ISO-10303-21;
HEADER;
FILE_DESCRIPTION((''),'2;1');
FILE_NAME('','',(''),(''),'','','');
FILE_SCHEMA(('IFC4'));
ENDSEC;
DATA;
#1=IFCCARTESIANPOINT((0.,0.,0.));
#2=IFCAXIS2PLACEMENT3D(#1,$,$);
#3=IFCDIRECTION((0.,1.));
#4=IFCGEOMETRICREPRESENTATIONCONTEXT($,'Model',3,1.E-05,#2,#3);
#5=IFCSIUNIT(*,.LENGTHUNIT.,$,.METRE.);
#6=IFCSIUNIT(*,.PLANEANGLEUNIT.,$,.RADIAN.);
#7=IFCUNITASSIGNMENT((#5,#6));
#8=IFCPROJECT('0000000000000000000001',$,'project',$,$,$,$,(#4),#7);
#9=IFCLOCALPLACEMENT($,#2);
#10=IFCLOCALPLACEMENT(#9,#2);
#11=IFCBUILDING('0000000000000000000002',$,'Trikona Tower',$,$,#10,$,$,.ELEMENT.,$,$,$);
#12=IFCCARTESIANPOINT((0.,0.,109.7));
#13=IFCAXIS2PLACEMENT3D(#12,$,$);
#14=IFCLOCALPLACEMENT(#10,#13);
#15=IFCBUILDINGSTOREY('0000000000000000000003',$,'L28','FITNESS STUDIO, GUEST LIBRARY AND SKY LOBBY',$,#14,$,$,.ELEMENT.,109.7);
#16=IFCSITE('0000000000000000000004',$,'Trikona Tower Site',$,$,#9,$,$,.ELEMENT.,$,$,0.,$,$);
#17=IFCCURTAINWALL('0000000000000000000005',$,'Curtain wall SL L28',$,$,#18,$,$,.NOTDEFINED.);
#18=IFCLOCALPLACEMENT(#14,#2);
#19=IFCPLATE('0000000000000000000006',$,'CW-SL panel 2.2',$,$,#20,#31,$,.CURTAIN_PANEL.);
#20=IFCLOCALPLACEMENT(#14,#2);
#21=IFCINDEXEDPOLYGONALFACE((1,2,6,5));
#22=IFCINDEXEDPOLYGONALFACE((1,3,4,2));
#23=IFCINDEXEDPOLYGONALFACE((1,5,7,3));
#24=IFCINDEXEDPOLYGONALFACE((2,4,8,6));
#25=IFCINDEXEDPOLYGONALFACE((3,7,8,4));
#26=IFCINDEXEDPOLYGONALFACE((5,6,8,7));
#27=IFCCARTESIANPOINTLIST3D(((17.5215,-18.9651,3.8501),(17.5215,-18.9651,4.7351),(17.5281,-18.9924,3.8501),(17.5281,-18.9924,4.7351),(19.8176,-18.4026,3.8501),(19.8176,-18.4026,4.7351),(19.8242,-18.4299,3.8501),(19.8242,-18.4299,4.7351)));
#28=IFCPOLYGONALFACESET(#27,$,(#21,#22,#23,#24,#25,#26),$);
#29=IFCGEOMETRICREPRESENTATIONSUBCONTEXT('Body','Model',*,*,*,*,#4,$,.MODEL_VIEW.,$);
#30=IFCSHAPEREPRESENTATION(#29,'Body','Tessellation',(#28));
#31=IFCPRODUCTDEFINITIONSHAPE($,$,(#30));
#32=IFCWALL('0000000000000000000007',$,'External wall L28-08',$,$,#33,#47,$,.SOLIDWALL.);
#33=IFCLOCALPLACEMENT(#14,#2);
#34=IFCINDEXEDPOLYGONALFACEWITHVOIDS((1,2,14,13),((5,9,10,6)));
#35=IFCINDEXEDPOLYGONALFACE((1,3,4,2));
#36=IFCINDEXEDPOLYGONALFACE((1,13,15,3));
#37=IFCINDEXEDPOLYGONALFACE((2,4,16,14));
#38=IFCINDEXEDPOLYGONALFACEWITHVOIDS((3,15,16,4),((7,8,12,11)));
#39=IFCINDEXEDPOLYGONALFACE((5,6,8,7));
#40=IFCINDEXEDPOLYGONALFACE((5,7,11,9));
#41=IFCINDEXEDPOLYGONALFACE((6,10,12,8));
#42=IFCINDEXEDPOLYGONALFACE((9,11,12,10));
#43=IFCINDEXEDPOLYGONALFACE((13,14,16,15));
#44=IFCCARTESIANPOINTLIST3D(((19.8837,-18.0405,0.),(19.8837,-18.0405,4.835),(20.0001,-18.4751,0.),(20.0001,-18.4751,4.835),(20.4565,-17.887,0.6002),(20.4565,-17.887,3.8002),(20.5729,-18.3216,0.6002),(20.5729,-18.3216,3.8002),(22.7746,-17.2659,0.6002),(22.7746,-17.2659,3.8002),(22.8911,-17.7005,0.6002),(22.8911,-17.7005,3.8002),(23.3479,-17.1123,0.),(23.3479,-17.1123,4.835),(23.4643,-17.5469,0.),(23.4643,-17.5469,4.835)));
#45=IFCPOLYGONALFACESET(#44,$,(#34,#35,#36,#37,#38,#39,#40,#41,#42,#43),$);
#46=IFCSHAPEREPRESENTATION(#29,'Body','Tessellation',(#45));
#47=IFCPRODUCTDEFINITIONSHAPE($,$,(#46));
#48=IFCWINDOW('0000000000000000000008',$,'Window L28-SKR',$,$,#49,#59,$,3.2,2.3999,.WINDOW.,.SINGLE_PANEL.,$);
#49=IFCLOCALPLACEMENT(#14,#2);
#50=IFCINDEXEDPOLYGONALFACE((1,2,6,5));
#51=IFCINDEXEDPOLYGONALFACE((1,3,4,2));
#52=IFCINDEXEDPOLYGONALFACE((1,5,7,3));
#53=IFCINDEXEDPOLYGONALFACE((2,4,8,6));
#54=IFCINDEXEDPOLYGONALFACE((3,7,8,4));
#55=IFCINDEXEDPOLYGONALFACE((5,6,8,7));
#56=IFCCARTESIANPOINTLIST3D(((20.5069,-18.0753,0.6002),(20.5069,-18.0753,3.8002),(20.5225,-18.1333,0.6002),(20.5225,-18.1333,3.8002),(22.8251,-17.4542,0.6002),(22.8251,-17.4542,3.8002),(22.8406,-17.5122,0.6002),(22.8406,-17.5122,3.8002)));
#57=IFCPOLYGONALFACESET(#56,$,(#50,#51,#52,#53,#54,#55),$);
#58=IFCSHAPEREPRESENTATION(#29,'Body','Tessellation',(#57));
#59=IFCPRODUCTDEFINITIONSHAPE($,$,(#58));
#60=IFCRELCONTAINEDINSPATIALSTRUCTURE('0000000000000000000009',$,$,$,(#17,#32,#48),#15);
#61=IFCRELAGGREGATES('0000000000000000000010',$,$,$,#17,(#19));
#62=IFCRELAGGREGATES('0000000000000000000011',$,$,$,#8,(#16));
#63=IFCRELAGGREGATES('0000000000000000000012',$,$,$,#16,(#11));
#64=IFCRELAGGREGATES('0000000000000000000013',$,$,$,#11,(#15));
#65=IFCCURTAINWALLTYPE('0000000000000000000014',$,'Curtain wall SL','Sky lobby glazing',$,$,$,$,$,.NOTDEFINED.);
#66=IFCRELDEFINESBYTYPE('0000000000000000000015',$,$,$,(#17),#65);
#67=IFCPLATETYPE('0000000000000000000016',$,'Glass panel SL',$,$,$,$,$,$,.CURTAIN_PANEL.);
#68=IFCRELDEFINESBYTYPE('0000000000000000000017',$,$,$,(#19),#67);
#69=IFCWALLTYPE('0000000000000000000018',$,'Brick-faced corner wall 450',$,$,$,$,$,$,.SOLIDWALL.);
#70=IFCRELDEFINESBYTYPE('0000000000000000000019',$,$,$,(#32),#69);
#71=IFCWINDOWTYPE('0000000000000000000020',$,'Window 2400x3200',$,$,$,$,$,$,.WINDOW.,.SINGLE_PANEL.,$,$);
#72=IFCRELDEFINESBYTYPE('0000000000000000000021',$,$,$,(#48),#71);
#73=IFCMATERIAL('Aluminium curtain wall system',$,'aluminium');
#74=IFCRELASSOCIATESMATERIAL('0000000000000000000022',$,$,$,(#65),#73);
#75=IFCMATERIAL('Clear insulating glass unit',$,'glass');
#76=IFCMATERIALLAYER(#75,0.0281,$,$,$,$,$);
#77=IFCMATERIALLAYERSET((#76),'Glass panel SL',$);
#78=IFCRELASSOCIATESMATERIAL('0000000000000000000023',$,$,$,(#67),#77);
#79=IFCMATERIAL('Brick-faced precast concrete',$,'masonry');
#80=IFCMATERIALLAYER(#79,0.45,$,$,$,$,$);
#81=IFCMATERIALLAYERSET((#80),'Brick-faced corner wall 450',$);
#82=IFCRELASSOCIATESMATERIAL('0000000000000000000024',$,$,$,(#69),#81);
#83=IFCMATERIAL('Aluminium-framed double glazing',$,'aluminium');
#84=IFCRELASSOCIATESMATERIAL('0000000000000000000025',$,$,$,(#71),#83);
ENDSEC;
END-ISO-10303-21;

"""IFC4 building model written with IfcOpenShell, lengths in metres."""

from ifc_helpers import new_model, si_unit, direction, frame, frame_2d, origin, origin_2d, place, context, subcontext, project, spatial, rectangle, extrude, material, layer, layer_set, type_object, element, fill, aggregate, save


model = new_model("IFC4")

# Units and contexts
model_context = context("Model", 3, precision=1e-05, world=origin(), true_north=direction((0.0, 1.0)))
body_context = subcontext(model_context, "Body", "Model", "MODEL_VIEW")
ifc_project = project(units=[si_unit("LENGTHUNIT", "METRE"), si_unit("PLANEANGLEUNIT", "RADIAN")], contexts=[model_context])

# Site, building, storey
site_placement = place(None, origin())
site = spatial("IfcSite", under=ifc_project, at=site_placement, Name="Trikona Tower Site", CompositionType="ELEMENT", RefElevation=0.0)
building_placement = place(site_placement, origin())
building = spatial("IfcBuilding", under=site, at=building_placement, Name="Trikona Tower", CompositionType="ELEMENT")
storey_placement = place(building_placement, frame((0.0, 0.0, 109.7)))
storey = spatial("IfcBuildingStorey", under=building, at=storey_placement, Name="L28", Description="FITNESS STUDIO, GUEST LIBRARY AND SKY LOBBY", CompositionType="ELEMENT", Elevation=109.7)

# Curtain wall
ifc_material_1 = material(Name="Aluminium curtain wall system", Category="aluminium")
curtain_wall_type = type_object("IfcCurtainWallType", Name="Curtain wall SL", Description="Sky lobby glazing", PredefinedType="NOTDEFINED", material=ifc_material_1)
curtain_wall_placement = place(storey_placement, origin())
curtain_wall = element("IfcCurtainWall", 1, at=curtain_wall_placement, inside=storey, type_object=curtain_wall_type, Name="Curtain wall SL L28", PredefinedType="NOTDEFINED")

# Plate
ifc_material_2 = material(Name="Clear insulating glass unit", Category="glass")
ifc_layer_1 = layer(ifc_material_2, 0.0281)
ifc_layer_set_1 = layer_set([ifc_layer_1], Name="Glass panel SL")
plate_type = type_object("IfcPlateType", Name="Glass panel SL", PredefinedType="CURTAIN_PANEL", material=ifc_layer_set_1)
plate_1_placement = place(storey_placement, frame((18.6729, -18.6975, 3.8501), z_axis=(0.0, 0.0, 1.0), x_axis=(0.971276, 0.237956, 0.0)))
plate_1 = element("IfcPlate", 2, at=plate_1_placement, type_object=plate_type, Name="CW-SL panel 2.2", PredefinedType="CURTAIN_PANEL", context=body_context, shape_type="SweptSolid", body=[
    extrude(rectangle(XDim=2.364, YDim=0.0281, at=origin_2d()), origin(), (0.0, 0.0, 1.0), 0.885),
])
aggregate(curtain_wall, [plate_1])

# Wall, opening, window
ifc_material_3 = material(Name="Brick-faced precast concrete", Category="masonry")
ifc_layer_2 = layer(ifc_material_3, 0.45)
ifc_layer_set_2 = layer_set([ifc_layer_2], Name="Brick-faced corner wall 450")
wall_type = type_object("IfcWallType", Name="Brick-faced corner wall 450", PredefinedType="SOLIDWALL", material=ifc_layer_set_2)
wall_placement = place(storey_placement, frame((19.9419, -18.2578, 0.0), z_axis=(0.0, 0.0, 1.0), x_axis=(0.965925, 0.258823, 0.0)))
wall = element("IfcWall", 3, at=wall_placement, inside=storey, type_object=wall_type, Name="External wall L28-08", PredefinedType="SOLIDWALL", context=body_context, shape_type="SweptSolid", body=[
    extrude(rectangle(XDim=3.5864, YDim=0.45, at=frame_2d((1.7932, 0.0))), origin(), (0.0, 0.0, 1.0), 4.835),
])
opening_placement = place(wall_placement, frame((0.593, 0.0, 0.6001)))
opening = element("IfcOpeningElement", 4, at=opening_placement, cuts=wall, PredefinedType="OPENING", context=body_context, shape_type="SweptSolid", body=[
    extrude(rectangle(XDim=2.3999, YDim=3.2, at=frame_2d((1.2, 1.6001))), frame((0.0, 0.2349, 0.0), z_axis=(0.0, -1.0, 0.0), x_axis=(1.0, 0.0, 0.0)), (0.0, 0.0, 1.0), 0.47),
])
ifc_material_4 = material(Name="Aluminium-framed double glazing", Category="aluminium")
window_type = type_object("IfcWindowType", Name="Window 2400x3200", PartitioningType="SINGLE_PANEL", PredefinedType="WINDOW", material=ifc_material_4)
window_placement = place(opening_placement, origin())
window = element("IfcWindow", 5, at=window_placement, inside=storey, type_object=window_type, Name="Window L28-SKR", OverallHeight=3.2, OverallWidth=2.3999, PartitioningType="SINGLE_PANEL", PredefinedType="WINDOW", context=body_context, shape_type="SweptSolid", body=[
    extrude(rectangle(XDim=2.3999, YDim=3.2, at=frame_2d((1.2, 1.6001))), frame((0.0, 0.03, 0.0), z_axis=(0.0, -1.0, 0.0), x_axis=(1.0, 0.0, 0.0)), (0.0, 0.0, 1.0), 0.0601),
])
fill(opening, window)

save(model, "model.ifc")
